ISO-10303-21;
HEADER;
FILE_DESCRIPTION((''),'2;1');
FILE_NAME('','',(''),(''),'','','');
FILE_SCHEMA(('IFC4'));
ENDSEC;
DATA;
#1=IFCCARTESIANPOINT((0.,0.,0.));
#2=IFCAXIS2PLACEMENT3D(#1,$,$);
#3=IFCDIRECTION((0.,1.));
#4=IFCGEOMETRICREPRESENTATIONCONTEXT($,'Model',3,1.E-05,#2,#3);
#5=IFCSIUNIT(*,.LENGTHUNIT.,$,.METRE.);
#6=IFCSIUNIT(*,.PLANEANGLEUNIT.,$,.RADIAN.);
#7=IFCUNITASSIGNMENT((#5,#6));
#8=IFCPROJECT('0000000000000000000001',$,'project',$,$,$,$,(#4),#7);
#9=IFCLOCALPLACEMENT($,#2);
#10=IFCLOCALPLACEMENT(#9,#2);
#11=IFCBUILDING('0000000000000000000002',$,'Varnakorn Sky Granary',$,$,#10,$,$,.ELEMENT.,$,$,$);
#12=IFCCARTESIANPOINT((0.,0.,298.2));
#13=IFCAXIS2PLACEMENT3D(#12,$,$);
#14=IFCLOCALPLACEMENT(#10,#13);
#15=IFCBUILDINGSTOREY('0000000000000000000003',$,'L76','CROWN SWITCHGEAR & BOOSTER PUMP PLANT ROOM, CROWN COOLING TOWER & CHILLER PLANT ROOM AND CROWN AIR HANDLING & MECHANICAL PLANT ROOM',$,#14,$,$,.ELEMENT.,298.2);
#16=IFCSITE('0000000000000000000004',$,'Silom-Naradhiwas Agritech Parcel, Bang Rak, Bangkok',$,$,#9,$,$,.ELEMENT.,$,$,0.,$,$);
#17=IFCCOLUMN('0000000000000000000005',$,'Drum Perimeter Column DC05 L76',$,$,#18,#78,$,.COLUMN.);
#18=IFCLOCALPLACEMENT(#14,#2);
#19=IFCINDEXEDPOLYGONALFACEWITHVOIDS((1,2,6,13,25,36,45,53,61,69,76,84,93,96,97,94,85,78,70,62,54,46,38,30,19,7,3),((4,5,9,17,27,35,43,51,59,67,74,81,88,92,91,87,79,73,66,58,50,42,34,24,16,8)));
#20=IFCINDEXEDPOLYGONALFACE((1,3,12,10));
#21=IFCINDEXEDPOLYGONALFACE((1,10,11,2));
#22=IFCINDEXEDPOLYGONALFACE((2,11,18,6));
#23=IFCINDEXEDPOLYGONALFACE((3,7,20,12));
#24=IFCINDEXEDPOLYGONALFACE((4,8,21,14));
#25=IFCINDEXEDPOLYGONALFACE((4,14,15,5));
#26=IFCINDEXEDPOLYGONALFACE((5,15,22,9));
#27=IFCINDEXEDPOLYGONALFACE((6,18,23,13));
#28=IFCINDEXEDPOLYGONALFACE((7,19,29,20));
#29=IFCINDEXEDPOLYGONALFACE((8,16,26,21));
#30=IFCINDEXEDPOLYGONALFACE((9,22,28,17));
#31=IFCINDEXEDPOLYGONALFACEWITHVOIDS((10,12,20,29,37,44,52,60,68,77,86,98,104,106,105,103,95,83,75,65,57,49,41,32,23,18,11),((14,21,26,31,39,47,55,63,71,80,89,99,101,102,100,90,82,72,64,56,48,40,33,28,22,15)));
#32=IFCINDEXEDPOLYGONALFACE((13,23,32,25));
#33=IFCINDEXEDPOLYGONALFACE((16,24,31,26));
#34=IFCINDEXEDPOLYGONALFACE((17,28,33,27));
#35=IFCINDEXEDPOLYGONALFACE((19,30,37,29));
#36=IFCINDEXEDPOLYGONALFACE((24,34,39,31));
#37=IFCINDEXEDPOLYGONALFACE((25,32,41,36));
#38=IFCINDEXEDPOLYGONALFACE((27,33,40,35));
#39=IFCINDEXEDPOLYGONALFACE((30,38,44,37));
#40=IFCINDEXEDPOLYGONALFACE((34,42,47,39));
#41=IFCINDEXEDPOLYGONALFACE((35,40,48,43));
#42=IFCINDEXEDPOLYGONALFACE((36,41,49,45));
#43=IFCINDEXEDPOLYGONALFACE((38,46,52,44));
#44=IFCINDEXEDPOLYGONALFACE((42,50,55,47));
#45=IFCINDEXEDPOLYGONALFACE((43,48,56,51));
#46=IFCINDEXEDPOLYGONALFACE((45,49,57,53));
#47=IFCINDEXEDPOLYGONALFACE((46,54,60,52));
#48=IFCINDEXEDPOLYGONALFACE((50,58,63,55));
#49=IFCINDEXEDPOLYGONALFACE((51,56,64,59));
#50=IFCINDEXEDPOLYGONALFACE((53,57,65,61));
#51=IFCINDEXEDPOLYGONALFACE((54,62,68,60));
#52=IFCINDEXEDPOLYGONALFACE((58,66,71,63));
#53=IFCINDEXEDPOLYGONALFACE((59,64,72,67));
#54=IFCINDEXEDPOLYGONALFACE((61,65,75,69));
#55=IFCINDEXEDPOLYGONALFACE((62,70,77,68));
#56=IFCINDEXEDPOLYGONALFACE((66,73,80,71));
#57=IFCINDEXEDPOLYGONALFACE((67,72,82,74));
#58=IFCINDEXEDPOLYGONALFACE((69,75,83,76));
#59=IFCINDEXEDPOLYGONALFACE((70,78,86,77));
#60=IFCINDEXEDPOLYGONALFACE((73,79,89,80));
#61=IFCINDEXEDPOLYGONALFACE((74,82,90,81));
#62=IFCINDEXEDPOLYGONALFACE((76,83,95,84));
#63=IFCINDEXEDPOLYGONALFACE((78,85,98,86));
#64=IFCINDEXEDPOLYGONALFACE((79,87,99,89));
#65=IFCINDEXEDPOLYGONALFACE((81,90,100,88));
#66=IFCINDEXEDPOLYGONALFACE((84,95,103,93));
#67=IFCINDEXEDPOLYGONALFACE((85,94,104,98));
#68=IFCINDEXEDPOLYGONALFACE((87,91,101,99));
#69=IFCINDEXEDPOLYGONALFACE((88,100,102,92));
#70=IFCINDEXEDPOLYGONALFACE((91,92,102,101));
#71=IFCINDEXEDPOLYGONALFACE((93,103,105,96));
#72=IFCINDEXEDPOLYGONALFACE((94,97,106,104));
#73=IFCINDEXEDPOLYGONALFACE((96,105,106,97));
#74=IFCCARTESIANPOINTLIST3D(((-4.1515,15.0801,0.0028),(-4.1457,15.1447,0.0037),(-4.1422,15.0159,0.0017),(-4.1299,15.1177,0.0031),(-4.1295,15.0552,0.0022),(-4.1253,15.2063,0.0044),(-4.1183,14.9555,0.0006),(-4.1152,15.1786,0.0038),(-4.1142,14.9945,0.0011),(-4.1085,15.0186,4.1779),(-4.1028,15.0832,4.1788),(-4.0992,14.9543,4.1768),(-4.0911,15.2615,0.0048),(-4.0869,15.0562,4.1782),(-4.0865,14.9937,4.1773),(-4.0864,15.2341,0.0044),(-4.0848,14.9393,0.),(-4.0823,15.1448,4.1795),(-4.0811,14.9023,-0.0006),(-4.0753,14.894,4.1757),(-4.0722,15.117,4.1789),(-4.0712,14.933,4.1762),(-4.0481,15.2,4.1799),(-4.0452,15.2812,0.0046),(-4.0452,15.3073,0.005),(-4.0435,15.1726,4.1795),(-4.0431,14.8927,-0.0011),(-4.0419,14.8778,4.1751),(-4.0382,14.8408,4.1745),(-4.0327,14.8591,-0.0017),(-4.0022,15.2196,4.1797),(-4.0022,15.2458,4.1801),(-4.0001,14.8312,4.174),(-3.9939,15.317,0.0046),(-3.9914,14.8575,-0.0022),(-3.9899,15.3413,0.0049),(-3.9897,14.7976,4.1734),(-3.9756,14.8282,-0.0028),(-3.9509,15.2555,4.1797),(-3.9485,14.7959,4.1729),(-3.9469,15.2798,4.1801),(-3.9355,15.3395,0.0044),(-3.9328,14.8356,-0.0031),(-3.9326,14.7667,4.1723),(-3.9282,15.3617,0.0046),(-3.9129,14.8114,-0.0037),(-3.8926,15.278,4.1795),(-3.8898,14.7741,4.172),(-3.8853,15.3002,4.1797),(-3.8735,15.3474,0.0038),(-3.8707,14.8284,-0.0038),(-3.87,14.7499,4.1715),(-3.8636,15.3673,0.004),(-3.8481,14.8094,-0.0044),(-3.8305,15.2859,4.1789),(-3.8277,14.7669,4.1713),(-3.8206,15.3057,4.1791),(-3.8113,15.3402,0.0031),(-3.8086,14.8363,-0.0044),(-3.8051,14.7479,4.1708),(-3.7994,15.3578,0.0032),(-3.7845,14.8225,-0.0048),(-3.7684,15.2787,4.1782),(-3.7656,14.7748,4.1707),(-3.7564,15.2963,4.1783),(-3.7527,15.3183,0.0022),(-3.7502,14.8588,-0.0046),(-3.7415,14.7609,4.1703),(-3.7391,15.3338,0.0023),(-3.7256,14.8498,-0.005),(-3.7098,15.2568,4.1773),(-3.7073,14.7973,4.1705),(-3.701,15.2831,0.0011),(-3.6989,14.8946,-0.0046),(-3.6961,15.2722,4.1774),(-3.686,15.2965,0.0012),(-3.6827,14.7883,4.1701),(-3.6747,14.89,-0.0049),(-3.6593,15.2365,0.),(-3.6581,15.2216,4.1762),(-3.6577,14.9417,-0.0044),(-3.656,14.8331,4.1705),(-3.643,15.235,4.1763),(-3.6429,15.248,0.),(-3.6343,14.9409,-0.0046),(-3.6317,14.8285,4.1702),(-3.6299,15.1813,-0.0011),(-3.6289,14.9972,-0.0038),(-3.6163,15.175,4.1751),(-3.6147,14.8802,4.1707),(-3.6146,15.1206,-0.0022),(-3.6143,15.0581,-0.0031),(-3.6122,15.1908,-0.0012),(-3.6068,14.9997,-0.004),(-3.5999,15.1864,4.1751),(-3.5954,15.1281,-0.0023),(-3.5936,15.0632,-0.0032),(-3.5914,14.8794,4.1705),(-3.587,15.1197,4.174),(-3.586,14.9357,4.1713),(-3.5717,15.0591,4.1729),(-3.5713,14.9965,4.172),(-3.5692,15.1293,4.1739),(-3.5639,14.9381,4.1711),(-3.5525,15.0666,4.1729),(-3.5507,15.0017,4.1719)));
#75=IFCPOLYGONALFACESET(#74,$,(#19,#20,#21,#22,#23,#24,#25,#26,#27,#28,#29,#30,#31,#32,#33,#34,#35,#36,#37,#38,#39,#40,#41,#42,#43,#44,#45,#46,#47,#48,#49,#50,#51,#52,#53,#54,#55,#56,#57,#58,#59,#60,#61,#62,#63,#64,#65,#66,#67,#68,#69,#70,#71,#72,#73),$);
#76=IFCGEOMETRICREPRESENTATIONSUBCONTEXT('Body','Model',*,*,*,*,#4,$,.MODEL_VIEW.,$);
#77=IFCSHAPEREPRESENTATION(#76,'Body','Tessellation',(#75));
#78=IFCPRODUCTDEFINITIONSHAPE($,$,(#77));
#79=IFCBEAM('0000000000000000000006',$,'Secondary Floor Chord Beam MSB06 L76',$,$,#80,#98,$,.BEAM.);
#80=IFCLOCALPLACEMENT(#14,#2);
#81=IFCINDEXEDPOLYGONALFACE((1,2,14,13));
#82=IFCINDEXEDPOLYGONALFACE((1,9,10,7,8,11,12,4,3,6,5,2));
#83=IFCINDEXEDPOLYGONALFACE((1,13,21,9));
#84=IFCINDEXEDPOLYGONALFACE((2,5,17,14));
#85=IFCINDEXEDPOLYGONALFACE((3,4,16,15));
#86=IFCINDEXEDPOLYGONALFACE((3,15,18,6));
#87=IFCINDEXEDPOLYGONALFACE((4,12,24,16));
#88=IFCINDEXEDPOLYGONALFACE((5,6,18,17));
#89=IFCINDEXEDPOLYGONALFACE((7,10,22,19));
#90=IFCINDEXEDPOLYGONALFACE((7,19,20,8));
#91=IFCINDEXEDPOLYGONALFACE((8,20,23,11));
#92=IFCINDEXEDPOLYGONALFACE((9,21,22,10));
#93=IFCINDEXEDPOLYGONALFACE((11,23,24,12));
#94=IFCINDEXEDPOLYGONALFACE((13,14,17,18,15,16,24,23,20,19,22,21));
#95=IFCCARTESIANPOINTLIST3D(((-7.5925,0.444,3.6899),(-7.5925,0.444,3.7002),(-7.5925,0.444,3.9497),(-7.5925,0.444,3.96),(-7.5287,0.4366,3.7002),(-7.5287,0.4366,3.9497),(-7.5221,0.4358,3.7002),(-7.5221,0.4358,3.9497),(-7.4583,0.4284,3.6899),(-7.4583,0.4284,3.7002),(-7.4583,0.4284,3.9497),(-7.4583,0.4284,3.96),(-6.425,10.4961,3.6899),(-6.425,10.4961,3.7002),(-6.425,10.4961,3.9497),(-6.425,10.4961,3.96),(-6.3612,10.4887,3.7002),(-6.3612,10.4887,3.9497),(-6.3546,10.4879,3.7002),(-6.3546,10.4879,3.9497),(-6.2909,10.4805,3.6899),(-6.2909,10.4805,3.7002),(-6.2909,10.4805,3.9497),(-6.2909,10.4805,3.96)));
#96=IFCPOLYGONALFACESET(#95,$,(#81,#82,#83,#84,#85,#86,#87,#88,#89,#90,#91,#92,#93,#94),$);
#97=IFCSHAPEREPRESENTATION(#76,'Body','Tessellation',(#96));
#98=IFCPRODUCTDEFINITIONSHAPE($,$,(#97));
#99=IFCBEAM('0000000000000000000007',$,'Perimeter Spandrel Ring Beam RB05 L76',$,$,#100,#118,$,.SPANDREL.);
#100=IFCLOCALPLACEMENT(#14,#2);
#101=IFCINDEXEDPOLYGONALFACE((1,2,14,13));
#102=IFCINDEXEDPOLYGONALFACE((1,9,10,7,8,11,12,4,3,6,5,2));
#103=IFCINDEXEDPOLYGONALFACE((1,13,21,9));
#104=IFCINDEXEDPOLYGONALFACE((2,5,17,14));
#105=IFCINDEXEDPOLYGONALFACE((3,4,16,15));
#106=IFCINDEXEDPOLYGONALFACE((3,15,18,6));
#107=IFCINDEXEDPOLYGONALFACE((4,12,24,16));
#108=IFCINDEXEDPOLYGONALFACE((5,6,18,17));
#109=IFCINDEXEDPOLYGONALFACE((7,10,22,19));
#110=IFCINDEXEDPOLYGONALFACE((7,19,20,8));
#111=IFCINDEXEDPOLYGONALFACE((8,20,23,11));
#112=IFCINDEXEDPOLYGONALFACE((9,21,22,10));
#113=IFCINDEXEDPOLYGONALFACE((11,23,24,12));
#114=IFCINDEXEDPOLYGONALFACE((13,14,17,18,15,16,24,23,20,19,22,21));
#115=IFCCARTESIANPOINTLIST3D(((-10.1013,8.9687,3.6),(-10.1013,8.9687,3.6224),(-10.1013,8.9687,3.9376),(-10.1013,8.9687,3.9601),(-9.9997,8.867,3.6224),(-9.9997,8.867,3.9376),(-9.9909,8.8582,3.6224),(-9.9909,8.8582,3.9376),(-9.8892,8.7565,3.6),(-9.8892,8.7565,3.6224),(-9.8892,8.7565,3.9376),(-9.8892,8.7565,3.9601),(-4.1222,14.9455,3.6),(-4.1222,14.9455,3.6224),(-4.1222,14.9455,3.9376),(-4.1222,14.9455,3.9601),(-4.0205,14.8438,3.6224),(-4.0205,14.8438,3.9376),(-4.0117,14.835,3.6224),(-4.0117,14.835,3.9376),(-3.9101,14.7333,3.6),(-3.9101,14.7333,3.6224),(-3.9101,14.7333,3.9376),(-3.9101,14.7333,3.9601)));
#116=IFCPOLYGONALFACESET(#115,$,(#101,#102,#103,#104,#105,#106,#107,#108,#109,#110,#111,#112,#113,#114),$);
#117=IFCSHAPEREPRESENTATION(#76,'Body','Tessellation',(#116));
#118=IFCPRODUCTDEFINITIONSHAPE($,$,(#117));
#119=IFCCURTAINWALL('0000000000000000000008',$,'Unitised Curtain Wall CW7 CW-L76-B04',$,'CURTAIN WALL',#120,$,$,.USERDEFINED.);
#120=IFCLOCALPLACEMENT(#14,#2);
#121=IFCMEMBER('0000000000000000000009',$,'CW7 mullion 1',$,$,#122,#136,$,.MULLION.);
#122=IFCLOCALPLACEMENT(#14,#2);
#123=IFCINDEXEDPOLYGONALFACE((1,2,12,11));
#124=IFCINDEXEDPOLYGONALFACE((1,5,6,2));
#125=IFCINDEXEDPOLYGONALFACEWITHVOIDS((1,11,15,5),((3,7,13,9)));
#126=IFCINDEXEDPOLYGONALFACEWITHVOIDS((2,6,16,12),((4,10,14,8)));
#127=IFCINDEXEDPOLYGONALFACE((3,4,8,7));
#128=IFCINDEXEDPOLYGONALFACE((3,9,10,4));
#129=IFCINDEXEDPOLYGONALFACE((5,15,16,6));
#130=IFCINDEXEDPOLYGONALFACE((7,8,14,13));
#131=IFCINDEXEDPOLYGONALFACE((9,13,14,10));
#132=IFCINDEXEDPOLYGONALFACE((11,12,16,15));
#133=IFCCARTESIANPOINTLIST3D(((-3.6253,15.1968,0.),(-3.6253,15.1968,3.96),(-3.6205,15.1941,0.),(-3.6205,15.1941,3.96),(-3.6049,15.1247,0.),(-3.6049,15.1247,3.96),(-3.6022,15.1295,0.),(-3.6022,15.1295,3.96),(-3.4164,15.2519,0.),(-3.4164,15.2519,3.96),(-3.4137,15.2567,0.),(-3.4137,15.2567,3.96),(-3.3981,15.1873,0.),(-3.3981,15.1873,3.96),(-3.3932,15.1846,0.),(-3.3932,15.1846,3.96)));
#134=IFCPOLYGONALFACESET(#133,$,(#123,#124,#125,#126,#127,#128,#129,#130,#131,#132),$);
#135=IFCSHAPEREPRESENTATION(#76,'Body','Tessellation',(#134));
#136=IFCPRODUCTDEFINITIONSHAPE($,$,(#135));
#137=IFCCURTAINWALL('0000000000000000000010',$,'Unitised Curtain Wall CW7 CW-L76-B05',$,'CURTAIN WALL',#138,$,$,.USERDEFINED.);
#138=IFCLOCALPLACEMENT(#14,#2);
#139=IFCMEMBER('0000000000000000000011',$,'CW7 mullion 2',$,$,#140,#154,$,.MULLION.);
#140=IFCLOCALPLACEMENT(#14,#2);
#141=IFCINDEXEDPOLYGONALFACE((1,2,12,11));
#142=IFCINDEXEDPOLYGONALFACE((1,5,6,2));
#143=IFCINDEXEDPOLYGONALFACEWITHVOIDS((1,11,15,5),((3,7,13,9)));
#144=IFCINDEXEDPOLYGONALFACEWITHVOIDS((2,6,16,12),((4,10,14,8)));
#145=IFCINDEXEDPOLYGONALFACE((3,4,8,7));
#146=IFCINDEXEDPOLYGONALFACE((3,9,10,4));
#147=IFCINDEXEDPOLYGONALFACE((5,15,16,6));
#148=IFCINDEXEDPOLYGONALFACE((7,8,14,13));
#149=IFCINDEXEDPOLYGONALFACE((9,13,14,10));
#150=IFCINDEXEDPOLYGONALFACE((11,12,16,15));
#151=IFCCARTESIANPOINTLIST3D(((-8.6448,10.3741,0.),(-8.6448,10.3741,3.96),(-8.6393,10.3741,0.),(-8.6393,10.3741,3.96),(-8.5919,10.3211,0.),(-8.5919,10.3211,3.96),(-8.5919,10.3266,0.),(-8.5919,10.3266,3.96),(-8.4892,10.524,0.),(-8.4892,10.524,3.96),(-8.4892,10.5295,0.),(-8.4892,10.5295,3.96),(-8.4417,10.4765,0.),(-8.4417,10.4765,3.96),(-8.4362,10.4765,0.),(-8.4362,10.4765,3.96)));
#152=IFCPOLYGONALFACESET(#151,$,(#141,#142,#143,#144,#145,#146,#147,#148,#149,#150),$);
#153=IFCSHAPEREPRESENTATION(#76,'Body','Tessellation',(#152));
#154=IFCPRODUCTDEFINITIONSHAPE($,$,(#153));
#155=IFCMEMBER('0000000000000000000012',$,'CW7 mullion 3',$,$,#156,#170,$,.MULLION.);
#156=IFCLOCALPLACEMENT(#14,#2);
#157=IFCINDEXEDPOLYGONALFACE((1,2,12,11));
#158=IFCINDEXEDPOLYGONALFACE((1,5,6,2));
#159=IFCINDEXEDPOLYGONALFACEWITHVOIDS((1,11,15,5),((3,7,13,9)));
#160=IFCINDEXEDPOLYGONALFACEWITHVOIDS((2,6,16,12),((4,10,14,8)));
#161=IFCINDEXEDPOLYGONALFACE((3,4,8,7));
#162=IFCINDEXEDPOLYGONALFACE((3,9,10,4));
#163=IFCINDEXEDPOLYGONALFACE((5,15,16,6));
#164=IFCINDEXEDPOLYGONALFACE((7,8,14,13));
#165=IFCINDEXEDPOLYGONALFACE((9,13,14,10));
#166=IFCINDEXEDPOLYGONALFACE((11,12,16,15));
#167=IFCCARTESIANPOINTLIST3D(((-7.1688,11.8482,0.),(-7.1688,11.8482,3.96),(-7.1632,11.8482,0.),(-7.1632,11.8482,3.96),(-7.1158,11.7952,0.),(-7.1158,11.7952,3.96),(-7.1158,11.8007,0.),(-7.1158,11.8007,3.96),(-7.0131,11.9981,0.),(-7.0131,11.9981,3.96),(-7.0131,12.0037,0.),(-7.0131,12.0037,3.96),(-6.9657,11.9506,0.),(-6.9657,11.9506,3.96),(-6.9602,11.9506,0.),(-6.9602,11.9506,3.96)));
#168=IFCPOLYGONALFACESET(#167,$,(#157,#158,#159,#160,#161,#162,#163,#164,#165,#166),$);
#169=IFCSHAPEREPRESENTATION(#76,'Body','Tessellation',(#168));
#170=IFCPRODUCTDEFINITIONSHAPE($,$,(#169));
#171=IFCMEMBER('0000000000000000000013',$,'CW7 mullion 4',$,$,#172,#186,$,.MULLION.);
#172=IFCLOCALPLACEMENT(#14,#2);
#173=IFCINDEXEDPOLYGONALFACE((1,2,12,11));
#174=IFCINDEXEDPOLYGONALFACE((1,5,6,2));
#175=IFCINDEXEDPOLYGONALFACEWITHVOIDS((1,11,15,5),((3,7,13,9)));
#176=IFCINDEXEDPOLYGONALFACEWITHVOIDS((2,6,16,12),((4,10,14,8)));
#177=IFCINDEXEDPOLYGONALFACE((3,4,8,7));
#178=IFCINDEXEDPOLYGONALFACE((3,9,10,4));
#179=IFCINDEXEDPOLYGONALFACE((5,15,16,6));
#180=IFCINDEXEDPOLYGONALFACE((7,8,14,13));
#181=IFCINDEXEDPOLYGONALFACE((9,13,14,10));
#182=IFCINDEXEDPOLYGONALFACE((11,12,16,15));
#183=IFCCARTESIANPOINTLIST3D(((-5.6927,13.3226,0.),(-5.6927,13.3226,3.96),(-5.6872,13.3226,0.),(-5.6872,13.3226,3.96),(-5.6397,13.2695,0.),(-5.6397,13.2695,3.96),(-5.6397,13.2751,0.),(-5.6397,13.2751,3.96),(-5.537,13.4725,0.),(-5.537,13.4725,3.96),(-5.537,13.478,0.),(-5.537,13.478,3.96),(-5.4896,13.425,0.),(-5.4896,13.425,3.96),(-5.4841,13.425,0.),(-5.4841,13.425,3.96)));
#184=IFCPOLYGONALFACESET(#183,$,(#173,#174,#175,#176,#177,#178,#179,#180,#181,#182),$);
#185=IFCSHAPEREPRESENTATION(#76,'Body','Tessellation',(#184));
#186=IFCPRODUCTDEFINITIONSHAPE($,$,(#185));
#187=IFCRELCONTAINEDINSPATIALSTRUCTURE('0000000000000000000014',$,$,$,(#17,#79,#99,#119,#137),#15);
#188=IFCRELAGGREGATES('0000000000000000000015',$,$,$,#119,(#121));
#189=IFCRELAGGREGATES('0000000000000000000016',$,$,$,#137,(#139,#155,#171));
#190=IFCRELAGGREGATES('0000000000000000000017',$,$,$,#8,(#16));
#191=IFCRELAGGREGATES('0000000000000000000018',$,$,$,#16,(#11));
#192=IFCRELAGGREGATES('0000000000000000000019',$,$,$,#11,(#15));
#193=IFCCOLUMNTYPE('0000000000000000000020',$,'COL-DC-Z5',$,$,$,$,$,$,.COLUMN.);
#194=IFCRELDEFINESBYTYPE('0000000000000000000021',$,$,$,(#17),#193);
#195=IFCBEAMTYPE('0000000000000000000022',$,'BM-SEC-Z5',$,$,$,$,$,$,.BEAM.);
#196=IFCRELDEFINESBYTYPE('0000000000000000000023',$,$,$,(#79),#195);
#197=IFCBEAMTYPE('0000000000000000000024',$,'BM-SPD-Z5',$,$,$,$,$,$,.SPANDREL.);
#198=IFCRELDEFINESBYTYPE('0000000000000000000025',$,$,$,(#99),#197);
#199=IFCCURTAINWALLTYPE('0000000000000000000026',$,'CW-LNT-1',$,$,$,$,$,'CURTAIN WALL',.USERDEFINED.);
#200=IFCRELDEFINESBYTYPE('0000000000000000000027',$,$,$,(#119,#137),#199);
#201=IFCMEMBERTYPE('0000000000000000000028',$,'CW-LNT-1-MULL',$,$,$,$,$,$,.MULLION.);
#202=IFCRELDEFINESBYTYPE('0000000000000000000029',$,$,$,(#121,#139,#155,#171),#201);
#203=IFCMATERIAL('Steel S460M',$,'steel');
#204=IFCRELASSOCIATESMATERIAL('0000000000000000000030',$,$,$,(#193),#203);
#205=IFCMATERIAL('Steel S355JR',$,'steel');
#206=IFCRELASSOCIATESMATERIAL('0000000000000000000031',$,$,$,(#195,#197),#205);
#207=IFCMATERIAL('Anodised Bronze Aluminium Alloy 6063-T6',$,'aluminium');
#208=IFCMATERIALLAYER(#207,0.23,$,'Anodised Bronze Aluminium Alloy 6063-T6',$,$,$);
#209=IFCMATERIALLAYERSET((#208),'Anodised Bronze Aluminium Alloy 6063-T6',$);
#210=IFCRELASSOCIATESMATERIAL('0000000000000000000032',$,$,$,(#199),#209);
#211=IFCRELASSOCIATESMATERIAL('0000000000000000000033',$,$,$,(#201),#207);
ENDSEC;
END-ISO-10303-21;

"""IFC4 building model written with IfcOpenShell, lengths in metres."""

from ifc_helpers import new_model, si_unit, direction, frame, origin, origin_2d, place, context, subcontext, project, spatial, hollow_rectangle, hollow_circle, i_section, extrude, material, layer, layer_set, material_profile, profile_set, type_object, element, aggregate, save


model = new_model("IFC4")

# Units and contexts
model_context = context("Model", 3, precision=1e-05, world=origin(), true_north=direction((0.0, 1.0)))
body_context = subcontext(model_context, "Body", "Model", "MODEL_VIEW")
ifc_project = project(units=[si_unit("LENGTHUNIT", "METRE"), si_unit("PLANEANGLEUNIT", "RADIAN")], contexts=[model_context])

# Site, building, storey
site_placement = place(None, origin())
site = spatial("IfcSite", under=ifc_project, at=site_placement, Name="Silom-Naradhiwas Agritech Parcel, Bang Rak, Bangkok", CompositionType="ELEMENT", RefElevation=0.0)
building_placement = place(site_placement, origin())
building = spatial("IfcBuilding", under=site, at=building_placement, Name="Varnakorn Sky Granary", CompositionType="ELEMENT")
storey_placement = place(building_placement, frame((0.0, 0.0, 298.2)))
storey = spatial("IfcBuildingStorey", under=building, at=storey_placement, Name="L76", Description="CROWN SWITCHGEAR & BOOSTER PUMP PLANT ROOM, CROWN COOLING TOWER & CHILLER PLANT ROOM AND CROWN AIR HANDLING & MECHANICAL PLANT ROOM", CompositionType="ELEMENT", Elevation=298.2)

# Column
ifc_material_1 = material(Name="Steel S460M", Category="steel")
ifc_material_profile_1 = material_profile(ifc_material_1, hollow_circle(Radius=0.2795, WallThickness=0.02, at=origin_2d()), Name="CHS 559x20")
ifc_profile_set_1 = profile_set([ifc_material_profile_1], Name="Steel S460M")
column_type = type_object("IfcColumnType", Name="COL-DC-Z5", PredefinedType="COLUMN", material=ifc_profile_set_1)
column_placement = place(storey_placement, frame((-3.8721, 15.0879, 0.0), z_axis=(0.01029, -0.014734, 0.999839), x_axis=(0.819843, 0.572589, 0.0)))
element("IfcColumn", 1, at=column_placement, inside=storey, type_object=column_type, Name="Drum Perimeter Column DC05 L76", PredefinedType="COLUMN", context=body_context, shape_type="SweptSolid", body=[
    extrude(hollow_circle(Radius=0.2795, WallThickness=0.02, at=origin_2d()), origin(), (0.0, 0.0, 1.0), 4.1758),
])

# Beams
ifc_material_2 = material(Name="Steel S355JR", Category="steel")
ifc_material_profile_2 = material_profile(ifc_material_2, i_section(OverallWidth=0.135, OverallDepth=0.27, WebThickness=0.0066, FlangeThickness=0.0103, at=origin_2d()), Name="IPE 270")
ifc_profile_set_2 = profile_set([ifc_material_profile_2], Name="Steel S355JR")
beam_type_1 = type_object("IfcBeamType", Name="BM-SEC-Z5", PredefinedType="BEAM", material=ifc_profile_set_2)
beam_1_placement = place(storey_placement, frame((-6.3579, 10.4883, 3.825), z_axis=(-0.115369, -0.993323, 0.0), x_axis=(0.993323, -0.115369, 0.0)))
element("IfcBeam", 2, at=beam_1_placement, inside=storey, type_object=beam_type_1, Name="Secondary Floor Chord Beam MSB06 L76", PredefinedType="BEAM", context=body_context, shape_type="SweptSolid", body=[
    extrude(i_section(OverallWidth=0.135, OverallDepth=0.27, WebThickness=0.0066, FlangeThickness=0.0103, at=origin_2d()), origin(), (0.0, 0.0, 1.0), 10.1196),
])
ifc_material_profile_3 = material_profile(ifc_material_2, i_section(OverallWidth=0.3, OverallDepth=0.3601, WebThickness=0.0125, FlangeThickness=0.0225, at=origin_2d()), Name="HE 360 B")
ifc_profile_set_3 = profile_set([ifc_material_profile_3], Name="Steel S355JR")
beam_type_2 = type_object("IfcBeamType", Name="BM-SPD-Z5", PredefinedType="SPANDREL", material=ifc_profile_set_3)
beam_2_placement = place(storey_placement, frame((-4.0161, 14.8394, 3.78), z_axis=(-0.707251, -0.706962, 0.0), x_axis=(0.706962, -0.707251, 0.0)))
element("IfcBeam", 3, at=beam_2_placement, inside=storey, type_object=beam_type_2, Name="Perimeter Spandrel Ring Beam RB05 L76", PredefinedType="SPANDREL", context=body_context, shape_type="SweptSolid", body=[
    extrude(i_section(OverallWidth=0.3, OverallDepth=0.3601, WebThickness=0.0125, FlangeThickness=0.0225, at=origin_2d()), origin(), (0.0, 0.0, 1.0), 8.4541),
])

# Curtain wall, member
ifc_material_3 = material(Name="Anodised Bronze Aluminium Alloy 6063-T6", Category="aluminium")
ifc_layer_1 = layer(ifc_material_3, 0.23, Name="Anodised Bronze Aluminium Alloy 6063-T6")
ifc_layer_set_1 = layer_set([ifc_layer_1], Name="Anodised Bronze Aluminium Alloy 6063-T6")
curtain_wall_type = type_object("IfcCurtainWallType", Name="CW-LNT-1", ElementType="CURTAIN WALL", PredefinedType="USERDEFINED", material=ifc_layer_set_1)
curtain_wall_1_placement = place(storey_placement, origin())
curtain_wall_1 = element("IfcCurtainWall", 4, at=curtain_wall_1_placement, inside=storey, type_object=curtain_wall_type, Name="Unitised Curtain Wall CW7 CW-L76-B04", ObjectType="CURTAIN WALL", PredefinedType="USERDEFINED")
ifc_material_profile_4 = material_profile(ifc_material_3, hollow_rectangle(XDim=0.075, YDim=0.22, WallThickness=0.0039, at=origin_2d()), Name="ALU MULL 75x220")
ifc_profile_set_4 = profile_set([ifc_material_profile_4], Name="Anodised Bronze Aluminium Alloy 6063-T6")
member_type_1 = type_object("IfcMemberType", Name="CW-LNT-1-MULL", PredefinedType="MULLION", material=ifc_profile_set_4)
member_1_placement = place(storey_placement, frame((-3.5093, 15.1907, 0.0), z_axis=(0.0, 0.0, 1.0), x_axis=(-0.272381, 0.962189, 0.0)))
member_1 = element("IfcMember", 5, at=member_1_placement, type_object=member_type_1, Name="CW7 mullion 1", PredefinedType="MULLION", context=body_context, shape_type="SweptSolid", body=[
    extrude(hollow_rectangle(XDim=0.075, YDim=0.22, WallThickness=0.0039, at=origin_2d()), origin(), (0.0, 0.0, 1.0), 3.96),
])

# Curtain wall, members
curtain_wall_2_placement = place(storey_placement, origin())
curtain_wall_2 = element("IfcCurtainWall", 6, at=curtain_wall_2_placement, inside=storey, type_object=curtain_wall_type, Name="Unitised Curtain Wall CW7 CW-L76-B05", ObjectType="CURTAIN WALL", PredefinedType="USERDEFINED")
member_2_placement = place(storey_placement, frame((-8.5405, 10.4253, 0.0), z_axis=(0.0, 0.0, 1.0), x_axis=(-0.706663, 0.70755, 0.0)))
member_2 = element("IfcMember", 7, at=member_2_placement, type_object=member_type_1, Name="CW7 mullion 2", PredefinedType="MULLION", context=body_context, shape_type="SweptSolid", body=[
    extrude(hollow_rectangle(XDim=0.075, YDim=0.22, WallThickness=0.0039, at=origin_2d()), origin(), (0.0, 0.0, 1.0), 3.96),
])
member_3_placement = place(storey_placement, frame((-7.0645, 11.8994, 0.0), z_axis=(0.0, 0.0, 1.0), x_axis=(-0.706663, 0.70755, 0.0)))
member_3 = element("IfcMember", 8, at=member_3_placement, type_object=member_type_1, Name="CW7 mullion 3", PredefinedType="MULLION", context=body_context, shape_type="SweptSolid", body=[
    extrude(hollow_rectangle(XDim=0.075, YDim=0.22, WallThickness=0.0039, at=origin_2d()), origin(), (0.0, 0.0, 1.0), 3.96),
])
member_4_placement = place(storey_placement, frame((-5.5884, 13.3738, 0.0), z_axis=(0.0, 0.0, 1.0), x_axis=(-0.706663, 0.70755, 0.0)))
member_4 = element("IfcMember", 9, at=member_4_placement, type_object=member_type_1, Name="CW7 mullion 4", PredefinedType="MULLION", context=body_context, shape_type="SweptSolid", body=[
    extrude(hollow_rectangle(XDim=0.075, YDim=0.22, WallThickness=0.0039, at=origin_2d()), origin(), (0.0, 0.0, 1.0), 3.96),
])

aggregate(curtain_wall_1, [member_1])

aggregate(curtain_wall_2, [member_2, member_3, member_4])

save(model, "model.ifc")
